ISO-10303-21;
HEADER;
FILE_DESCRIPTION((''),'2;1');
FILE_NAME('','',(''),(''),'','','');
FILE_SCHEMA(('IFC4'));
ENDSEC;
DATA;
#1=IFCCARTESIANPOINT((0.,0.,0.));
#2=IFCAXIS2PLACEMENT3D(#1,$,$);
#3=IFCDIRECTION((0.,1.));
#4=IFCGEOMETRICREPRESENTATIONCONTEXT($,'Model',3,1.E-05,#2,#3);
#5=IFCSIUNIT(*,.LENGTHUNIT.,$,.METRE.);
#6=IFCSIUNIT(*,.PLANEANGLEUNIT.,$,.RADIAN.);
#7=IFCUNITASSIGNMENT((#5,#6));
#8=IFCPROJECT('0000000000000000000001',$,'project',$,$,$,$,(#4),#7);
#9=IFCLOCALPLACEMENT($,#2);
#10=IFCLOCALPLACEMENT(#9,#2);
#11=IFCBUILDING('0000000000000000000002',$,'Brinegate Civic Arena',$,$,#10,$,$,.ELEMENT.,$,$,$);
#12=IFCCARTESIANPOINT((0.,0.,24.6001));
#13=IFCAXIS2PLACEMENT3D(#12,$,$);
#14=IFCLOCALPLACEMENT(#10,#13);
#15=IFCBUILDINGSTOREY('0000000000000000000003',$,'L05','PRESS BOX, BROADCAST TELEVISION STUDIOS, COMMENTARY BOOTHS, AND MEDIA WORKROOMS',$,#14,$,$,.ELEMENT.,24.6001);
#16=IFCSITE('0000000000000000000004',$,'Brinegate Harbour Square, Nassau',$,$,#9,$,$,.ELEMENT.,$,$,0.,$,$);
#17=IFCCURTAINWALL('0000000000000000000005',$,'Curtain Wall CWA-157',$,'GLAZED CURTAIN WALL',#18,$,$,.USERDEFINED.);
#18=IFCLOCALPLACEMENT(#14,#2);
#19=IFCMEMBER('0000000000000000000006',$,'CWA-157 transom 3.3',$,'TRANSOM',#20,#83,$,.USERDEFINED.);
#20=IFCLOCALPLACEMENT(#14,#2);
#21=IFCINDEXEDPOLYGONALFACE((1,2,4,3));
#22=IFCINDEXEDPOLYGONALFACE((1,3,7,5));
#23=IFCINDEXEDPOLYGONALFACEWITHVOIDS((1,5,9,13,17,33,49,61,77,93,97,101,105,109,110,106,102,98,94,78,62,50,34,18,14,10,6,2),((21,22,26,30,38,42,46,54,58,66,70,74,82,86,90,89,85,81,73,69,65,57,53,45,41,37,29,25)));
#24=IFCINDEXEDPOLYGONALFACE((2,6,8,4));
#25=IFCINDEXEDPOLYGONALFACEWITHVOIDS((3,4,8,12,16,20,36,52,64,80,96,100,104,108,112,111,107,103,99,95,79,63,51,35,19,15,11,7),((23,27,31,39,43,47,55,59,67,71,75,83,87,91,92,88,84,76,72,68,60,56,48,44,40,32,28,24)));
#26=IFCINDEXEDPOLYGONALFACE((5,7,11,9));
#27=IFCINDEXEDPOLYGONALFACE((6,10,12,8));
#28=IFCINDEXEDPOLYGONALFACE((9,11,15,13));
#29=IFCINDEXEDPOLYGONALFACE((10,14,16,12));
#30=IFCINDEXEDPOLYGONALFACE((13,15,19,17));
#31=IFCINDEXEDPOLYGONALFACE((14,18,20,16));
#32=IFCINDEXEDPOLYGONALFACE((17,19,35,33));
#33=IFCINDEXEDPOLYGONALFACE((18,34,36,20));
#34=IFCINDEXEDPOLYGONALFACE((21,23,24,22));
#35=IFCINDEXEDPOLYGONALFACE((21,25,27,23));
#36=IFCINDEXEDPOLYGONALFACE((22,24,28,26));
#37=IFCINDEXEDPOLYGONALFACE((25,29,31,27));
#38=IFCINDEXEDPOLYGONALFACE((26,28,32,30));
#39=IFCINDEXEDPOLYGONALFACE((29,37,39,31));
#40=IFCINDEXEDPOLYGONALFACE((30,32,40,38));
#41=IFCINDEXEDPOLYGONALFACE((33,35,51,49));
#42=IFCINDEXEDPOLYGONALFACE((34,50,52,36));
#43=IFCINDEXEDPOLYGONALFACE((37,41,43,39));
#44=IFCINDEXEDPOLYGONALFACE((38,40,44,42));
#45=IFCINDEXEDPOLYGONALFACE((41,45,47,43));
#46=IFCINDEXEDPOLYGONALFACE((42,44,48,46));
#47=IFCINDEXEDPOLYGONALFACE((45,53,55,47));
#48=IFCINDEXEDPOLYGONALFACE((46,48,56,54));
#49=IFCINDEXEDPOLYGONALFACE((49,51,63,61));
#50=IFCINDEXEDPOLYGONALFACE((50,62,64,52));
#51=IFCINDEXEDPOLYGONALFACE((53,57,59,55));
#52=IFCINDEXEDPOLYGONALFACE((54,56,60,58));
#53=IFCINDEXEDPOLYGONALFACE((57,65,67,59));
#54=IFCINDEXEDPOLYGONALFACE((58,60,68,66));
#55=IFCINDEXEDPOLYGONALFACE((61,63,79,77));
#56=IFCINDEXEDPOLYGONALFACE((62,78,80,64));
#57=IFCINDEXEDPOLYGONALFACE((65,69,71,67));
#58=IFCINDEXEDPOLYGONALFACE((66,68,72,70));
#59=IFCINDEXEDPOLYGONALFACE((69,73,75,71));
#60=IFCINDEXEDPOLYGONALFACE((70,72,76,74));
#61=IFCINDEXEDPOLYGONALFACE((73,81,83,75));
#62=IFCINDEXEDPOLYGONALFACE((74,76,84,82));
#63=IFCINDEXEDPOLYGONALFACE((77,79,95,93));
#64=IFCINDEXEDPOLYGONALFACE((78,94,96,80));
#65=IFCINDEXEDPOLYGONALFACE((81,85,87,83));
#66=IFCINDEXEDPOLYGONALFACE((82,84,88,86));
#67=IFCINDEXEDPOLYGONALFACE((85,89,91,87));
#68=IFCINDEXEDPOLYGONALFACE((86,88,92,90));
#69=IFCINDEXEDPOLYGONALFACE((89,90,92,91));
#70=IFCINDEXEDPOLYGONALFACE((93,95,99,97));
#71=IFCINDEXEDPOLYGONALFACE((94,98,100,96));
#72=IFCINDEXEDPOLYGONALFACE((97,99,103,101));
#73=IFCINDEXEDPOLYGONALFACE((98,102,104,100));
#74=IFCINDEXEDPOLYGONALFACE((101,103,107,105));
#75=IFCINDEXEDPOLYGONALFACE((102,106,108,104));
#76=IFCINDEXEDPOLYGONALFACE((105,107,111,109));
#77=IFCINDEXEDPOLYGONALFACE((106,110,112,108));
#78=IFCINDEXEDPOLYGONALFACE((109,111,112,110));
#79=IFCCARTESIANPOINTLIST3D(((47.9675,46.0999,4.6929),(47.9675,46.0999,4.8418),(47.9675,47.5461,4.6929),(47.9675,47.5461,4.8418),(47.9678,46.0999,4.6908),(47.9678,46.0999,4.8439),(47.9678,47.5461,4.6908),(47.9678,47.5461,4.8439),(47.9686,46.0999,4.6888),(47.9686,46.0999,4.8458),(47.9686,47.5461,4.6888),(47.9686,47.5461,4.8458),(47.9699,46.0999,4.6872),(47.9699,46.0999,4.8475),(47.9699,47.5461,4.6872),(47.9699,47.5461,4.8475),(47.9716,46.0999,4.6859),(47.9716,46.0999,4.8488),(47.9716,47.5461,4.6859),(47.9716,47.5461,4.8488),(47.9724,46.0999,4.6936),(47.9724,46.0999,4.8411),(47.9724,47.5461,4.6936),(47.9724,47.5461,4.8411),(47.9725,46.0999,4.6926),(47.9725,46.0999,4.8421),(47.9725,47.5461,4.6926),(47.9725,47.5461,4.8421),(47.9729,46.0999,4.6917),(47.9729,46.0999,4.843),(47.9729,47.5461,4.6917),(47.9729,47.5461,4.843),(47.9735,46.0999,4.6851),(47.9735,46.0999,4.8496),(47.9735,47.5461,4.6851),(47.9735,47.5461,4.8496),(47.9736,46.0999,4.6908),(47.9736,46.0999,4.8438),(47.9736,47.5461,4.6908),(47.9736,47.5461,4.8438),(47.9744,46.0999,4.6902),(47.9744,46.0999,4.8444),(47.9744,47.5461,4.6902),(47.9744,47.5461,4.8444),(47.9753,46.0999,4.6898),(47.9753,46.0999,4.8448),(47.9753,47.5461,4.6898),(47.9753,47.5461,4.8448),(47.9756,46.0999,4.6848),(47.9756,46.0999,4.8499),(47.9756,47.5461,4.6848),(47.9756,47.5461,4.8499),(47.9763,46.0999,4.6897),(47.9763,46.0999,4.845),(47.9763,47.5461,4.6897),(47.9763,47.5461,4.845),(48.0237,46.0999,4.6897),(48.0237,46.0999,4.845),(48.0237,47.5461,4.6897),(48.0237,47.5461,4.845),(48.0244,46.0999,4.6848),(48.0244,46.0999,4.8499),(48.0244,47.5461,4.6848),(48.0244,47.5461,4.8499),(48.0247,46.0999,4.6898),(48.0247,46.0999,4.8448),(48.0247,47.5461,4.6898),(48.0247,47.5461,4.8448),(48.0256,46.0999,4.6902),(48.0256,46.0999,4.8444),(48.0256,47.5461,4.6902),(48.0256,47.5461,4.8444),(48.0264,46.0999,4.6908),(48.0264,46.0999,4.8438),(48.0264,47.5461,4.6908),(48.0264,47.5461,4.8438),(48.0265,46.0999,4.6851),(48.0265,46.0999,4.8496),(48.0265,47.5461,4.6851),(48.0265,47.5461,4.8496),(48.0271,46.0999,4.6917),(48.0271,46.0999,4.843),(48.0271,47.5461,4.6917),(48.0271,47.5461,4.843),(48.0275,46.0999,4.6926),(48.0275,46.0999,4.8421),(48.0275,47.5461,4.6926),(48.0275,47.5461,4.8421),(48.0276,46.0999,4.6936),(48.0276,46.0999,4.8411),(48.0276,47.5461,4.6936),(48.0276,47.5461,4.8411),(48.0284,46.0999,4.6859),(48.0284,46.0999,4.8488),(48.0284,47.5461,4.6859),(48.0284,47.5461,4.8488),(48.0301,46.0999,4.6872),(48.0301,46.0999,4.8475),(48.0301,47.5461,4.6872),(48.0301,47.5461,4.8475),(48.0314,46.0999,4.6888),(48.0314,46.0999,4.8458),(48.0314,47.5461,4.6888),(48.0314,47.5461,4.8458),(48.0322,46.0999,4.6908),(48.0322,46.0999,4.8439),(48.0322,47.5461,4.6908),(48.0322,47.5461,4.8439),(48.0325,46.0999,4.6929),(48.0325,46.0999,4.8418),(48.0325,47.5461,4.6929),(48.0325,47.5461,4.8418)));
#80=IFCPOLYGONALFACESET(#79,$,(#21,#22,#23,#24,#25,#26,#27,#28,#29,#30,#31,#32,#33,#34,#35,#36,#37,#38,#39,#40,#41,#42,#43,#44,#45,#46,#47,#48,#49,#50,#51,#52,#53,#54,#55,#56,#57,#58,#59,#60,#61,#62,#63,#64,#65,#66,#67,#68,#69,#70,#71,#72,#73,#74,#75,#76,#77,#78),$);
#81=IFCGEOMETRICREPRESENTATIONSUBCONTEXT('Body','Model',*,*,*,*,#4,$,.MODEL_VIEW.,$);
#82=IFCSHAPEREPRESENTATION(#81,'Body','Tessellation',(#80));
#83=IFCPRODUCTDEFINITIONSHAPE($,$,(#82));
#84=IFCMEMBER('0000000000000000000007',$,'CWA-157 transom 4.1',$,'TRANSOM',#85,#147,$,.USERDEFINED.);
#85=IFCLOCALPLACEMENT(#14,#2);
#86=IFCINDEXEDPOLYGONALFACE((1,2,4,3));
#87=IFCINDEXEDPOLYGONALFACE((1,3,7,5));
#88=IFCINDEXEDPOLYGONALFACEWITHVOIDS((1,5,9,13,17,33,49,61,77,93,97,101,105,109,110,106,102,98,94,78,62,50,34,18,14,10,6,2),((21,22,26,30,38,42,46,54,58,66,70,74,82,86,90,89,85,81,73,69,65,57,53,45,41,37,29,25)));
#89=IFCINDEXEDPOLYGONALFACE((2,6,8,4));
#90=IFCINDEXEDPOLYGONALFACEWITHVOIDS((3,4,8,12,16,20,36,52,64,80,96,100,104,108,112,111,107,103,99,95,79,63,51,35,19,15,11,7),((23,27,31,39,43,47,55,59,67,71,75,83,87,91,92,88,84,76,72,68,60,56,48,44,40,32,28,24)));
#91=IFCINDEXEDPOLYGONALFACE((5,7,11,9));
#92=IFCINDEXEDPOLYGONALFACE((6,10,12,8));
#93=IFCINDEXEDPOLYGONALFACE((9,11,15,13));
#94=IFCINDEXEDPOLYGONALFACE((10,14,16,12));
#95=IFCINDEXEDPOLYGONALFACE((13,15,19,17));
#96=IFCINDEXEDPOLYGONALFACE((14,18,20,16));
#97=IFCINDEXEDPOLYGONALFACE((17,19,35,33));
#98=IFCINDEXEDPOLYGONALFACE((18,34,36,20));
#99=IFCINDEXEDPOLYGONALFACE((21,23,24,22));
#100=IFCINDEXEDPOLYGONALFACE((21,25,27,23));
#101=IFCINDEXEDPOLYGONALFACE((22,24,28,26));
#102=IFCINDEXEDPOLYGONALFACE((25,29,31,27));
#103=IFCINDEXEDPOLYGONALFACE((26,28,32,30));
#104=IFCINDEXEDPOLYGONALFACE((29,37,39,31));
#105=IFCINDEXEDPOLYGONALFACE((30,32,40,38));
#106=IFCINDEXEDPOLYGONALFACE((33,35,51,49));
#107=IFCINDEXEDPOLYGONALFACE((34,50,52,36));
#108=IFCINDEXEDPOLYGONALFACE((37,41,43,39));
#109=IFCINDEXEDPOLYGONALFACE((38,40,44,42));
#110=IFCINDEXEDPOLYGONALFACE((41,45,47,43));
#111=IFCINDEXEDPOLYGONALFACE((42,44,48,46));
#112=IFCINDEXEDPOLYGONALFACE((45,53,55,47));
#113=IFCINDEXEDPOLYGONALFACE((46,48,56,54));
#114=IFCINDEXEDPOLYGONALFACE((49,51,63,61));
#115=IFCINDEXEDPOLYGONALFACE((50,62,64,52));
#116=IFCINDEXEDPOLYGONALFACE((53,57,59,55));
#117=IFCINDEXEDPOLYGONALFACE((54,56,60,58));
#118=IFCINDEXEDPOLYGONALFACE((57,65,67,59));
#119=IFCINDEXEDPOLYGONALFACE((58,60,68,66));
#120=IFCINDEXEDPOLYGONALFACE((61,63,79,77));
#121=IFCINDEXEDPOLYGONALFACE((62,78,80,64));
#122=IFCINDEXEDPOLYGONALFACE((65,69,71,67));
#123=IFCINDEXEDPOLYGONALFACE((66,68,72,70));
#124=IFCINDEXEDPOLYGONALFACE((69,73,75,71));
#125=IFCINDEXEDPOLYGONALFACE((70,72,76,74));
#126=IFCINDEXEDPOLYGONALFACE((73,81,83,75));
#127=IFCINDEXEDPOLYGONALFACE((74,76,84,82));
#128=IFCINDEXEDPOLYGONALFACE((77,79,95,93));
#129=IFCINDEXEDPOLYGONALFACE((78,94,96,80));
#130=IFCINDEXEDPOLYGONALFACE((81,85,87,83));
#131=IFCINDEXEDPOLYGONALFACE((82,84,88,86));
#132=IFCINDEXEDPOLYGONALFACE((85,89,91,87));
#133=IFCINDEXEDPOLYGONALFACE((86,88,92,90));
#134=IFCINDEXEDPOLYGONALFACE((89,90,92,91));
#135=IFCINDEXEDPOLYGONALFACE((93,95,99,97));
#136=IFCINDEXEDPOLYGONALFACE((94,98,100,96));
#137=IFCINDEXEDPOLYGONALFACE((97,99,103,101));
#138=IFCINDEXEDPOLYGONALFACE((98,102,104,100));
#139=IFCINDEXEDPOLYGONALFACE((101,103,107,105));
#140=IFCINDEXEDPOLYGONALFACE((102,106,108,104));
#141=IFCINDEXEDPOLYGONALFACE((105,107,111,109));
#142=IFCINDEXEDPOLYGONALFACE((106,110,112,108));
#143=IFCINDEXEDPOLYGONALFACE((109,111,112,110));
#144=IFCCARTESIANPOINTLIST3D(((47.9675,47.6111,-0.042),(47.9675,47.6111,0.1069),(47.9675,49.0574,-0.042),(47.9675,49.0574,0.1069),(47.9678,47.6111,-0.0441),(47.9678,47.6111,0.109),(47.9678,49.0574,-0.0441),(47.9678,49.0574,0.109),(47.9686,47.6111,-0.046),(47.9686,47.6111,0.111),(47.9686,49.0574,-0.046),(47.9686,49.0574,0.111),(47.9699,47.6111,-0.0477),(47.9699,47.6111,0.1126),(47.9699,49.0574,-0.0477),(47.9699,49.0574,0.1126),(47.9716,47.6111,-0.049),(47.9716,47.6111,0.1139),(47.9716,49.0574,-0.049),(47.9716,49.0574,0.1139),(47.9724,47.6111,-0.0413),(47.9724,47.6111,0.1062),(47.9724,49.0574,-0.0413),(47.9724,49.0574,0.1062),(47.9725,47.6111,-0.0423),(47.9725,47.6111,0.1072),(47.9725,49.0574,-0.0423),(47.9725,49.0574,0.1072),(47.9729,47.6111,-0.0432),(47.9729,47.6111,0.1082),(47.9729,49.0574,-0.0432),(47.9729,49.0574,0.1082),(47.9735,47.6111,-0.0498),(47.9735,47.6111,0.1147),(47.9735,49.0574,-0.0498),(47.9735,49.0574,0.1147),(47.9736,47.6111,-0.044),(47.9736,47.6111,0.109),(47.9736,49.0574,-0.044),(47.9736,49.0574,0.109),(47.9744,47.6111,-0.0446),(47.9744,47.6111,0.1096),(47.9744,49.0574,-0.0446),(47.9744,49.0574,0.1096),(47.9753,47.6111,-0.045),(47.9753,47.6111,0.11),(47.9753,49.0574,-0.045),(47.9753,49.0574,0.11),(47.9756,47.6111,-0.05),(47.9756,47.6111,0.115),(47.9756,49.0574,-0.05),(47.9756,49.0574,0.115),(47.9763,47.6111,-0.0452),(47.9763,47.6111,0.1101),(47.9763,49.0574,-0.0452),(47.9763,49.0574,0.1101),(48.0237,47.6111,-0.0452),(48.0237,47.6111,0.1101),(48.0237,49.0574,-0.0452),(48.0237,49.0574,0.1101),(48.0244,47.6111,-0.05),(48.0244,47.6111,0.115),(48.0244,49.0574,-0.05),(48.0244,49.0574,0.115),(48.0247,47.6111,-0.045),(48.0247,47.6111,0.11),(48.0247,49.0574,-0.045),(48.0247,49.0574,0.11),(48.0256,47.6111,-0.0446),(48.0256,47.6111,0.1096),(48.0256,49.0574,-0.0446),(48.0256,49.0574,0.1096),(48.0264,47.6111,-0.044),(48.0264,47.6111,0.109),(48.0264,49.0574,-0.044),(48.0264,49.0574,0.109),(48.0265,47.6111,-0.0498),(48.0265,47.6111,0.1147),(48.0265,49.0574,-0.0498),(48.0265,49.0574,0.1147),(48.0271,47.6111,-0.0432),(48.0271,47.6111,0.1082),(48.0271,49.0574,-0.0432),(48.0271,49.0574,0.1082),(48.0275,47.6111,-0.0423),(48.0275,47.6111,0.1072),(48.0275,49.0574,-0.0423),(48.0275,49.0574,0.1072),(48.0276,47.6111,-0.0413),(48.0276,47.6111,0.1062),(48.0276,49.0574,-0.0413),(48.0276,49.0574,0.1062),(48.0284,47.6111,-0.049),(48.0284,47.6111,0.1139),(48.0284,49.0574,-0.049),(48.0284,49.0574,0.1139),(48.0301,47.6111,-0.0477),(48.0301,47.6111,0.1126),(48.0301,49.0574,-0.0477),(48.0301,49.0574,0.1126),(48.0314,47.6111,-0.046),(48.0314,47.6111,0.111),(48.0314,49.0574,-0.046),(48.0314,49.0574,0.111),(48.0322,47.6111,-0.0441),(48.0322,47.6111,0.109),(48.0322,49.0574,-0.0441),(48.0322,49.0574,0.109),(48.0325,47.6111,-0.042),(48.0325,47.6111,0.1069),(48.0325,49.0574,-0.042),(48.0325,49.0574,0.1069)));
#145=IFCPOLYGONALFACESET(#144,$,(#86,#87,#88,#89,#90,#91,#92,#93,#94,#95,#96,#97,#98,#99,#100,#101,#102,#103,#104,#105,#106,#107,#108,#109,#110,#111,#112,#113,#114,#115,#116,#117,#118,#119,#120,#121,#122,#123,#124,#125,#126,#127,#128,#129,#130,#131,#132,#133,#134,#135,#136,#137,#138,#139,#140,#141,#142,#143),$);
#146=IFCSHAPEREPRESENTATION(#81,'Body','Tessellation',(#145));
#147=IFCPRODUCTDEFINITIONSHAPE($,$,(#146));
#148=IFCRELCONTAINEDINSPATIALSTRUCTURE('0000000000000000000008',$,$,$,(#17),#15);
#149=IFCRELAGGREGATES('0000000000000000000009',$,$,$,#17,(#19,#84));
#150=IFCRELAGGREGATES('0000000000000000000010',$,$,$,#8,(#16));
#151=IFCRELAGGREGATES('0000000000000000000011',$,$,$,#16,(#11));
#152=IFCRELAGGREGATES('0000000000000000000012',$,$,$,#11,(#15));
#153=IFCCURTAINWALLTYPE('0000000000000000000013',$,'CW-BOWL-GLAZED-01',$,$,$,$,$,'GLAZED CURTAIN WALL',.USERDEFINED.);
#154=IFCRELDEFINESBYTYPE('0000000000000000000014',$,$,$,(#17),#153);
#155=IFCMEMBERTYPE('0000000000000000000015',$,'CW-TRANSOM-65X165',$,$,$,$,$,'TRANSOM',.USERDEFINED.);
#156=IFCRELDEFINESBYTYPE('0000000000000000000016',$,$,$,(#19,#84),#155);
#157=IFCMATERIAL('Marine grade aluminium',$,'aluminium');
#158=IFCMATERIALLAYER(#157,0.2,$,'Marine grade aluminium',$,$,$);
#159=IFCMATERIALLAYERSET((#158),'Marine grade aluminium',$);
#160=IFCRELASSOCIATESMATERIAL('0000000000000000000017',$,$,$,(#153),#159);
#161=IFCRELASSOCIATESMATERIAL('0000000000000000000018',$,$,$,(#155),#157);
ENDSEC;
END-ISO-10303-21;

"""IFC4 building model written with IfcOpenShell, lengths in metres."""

from ifc_helpers import new_model, si_unit, direction, frame, origin, origin_2d, place, context, subcontext, project, spatial, hollow_rectangle, extrude, material, layer, layer_set, material_profile, profile_set, type_object, element, aggregate, save


model = new_model("IFC4")

# Units and contexts
model_context = context("Model", 3, precision=1e-05, world=origin(), true_north=direction((0.0, 1.0)))
body_context = subcontext(model_context, "Body", "Model", "MODEL_VIEW")
ifc_project = project(units=[si_unit("LENGTHUNIT", "METRE"), si_unit("PLANEANGLEUNIT", "RADIAN")], contexts=[model_context])

# Site, building, storey
site_placement = place(None, origin())
site = spatial("IfcSite", under=ifc_project, at=site_placement, Name="Brinegate Harbour Square, Nassau", CompositionType="ELEMENT", RefElevation=0.0)
building_placement = place(site_placement, origin())
building = spatial("IfcBuilding", under=site, at=building_placement, Name="Brinegate Civic Arena", CompositionType="ELEMENT")
storey_placement = place(building_placement, frame((0.0, 0.0, 24.6001)))
storey = spatial("IfcBuildingStorey", under=building, at=storey_placement, Name="L05", Description="PRESS BOX, BROADCAST TELEVISION STUDIOS, COMMENTARY BOOTHS, AND MEDIA WORKROOMS", CompositionType="ELEMENT", Elevation=24.6001)

# Curtain wall, members
ifc_material_1 = material(Name="Marine grade aluminium", Category="aluminium")
ifc_layer_1 = layer(ifc_material_1, 0.2, Name="Marine grade aluminium")
ifc_layer_set_1 = layer_set([ifc_layer_1], Name="Marine grade aluminium")
curtain_wall_type = type_object("IfcCurtainWallType", Name="CW-BOWL-GLAZED-01", ElementType="GLAZED CURTAIN WALL", PredefinedType="USERDEFINED", material=ifc_layer_set_1)
curtain_wall_placement = place(storey_placement, origin())
curtain_wall = element("IfcCurtainWall", 1, at=curtain_wall_placement, inside=storey, type_object=curtain_wall_type, Name="Curtain Wall CWA-157", ObjectType="GLAZED CURTAIN WALL", PredefinedType="USERDEFINED")
ifc_material_profile_1 = material_profile(ifc_material_1, hollow_rectangle(XDim=0.0649, YDim=0.165, WallThickness=0.0049, InnerFilletRadius=0.0039, OuterFilletRadius=0.0081, at=origin_2d()), Name="TRN65X165")
ifc_profile_set_1 = profile_set([ifc_material_profile_1], Name="Marine grade aluminium")
member_type_1 = type_object("IfcMemberType", Name="CW-TRANSOM-65X165", ElementType="TRANSOM", PredefinedType="USERDEFINED", material=ifc_profile_set_1)
member_1_placement = place(storey_placement, frame((48.0, 46.0999, 4.7673), z_axis=(0.0, 1.0, 0.0), x_axis=(-1.0, 0.0, 0.0)))
member_1 = element("IfcMember", 2, at=member_1_placement, type_object=member_type_1, Name="CWA-157 transom 3.3", ObjectType="TRANSOM", PredefinedType="USERDEFINED", context=body_context, shape_type="SweptSolid", body=[
    extrude(hollow_rectangle(XDim=0.0649, YDim=0.165, WallThickness=0.0049, InnerFilletRadius=0.0039, OuterFilletRadius=0.0081, at=origin_2d()), origin(), (0.0, 0.0, 1.0), 1.4463),
])
member_2_placement = place(storey_placement, frame((48.0, 47.6111, 0.0325), z_axis=(0.0, 1.0, 0.0), x_axis=(-1.0, 0.0, 0.0)))
member_2 = element("IfcMember", 3, at=member_2_placement, type_object=member_type_1, Name="CWA-157 transom 4.1", ObjectType="TRANSOM", PredefinedType="USERDEFINED", context=body_context, shape_type="SweptSolid", body=[
    extrude(hollow_rectangle(XDim=0.0649, YDim=0.165, WallThickness=0.0049, InnerFilletRadius=0.0039, OuterFilletRadius=0.0081, at=origin_2d()), origin(), (0.0, 0.0, 1.0), 1.4463),
])

aggregate(curtain_wall, [member_1, member_2])

save(model, "model.ifc")
